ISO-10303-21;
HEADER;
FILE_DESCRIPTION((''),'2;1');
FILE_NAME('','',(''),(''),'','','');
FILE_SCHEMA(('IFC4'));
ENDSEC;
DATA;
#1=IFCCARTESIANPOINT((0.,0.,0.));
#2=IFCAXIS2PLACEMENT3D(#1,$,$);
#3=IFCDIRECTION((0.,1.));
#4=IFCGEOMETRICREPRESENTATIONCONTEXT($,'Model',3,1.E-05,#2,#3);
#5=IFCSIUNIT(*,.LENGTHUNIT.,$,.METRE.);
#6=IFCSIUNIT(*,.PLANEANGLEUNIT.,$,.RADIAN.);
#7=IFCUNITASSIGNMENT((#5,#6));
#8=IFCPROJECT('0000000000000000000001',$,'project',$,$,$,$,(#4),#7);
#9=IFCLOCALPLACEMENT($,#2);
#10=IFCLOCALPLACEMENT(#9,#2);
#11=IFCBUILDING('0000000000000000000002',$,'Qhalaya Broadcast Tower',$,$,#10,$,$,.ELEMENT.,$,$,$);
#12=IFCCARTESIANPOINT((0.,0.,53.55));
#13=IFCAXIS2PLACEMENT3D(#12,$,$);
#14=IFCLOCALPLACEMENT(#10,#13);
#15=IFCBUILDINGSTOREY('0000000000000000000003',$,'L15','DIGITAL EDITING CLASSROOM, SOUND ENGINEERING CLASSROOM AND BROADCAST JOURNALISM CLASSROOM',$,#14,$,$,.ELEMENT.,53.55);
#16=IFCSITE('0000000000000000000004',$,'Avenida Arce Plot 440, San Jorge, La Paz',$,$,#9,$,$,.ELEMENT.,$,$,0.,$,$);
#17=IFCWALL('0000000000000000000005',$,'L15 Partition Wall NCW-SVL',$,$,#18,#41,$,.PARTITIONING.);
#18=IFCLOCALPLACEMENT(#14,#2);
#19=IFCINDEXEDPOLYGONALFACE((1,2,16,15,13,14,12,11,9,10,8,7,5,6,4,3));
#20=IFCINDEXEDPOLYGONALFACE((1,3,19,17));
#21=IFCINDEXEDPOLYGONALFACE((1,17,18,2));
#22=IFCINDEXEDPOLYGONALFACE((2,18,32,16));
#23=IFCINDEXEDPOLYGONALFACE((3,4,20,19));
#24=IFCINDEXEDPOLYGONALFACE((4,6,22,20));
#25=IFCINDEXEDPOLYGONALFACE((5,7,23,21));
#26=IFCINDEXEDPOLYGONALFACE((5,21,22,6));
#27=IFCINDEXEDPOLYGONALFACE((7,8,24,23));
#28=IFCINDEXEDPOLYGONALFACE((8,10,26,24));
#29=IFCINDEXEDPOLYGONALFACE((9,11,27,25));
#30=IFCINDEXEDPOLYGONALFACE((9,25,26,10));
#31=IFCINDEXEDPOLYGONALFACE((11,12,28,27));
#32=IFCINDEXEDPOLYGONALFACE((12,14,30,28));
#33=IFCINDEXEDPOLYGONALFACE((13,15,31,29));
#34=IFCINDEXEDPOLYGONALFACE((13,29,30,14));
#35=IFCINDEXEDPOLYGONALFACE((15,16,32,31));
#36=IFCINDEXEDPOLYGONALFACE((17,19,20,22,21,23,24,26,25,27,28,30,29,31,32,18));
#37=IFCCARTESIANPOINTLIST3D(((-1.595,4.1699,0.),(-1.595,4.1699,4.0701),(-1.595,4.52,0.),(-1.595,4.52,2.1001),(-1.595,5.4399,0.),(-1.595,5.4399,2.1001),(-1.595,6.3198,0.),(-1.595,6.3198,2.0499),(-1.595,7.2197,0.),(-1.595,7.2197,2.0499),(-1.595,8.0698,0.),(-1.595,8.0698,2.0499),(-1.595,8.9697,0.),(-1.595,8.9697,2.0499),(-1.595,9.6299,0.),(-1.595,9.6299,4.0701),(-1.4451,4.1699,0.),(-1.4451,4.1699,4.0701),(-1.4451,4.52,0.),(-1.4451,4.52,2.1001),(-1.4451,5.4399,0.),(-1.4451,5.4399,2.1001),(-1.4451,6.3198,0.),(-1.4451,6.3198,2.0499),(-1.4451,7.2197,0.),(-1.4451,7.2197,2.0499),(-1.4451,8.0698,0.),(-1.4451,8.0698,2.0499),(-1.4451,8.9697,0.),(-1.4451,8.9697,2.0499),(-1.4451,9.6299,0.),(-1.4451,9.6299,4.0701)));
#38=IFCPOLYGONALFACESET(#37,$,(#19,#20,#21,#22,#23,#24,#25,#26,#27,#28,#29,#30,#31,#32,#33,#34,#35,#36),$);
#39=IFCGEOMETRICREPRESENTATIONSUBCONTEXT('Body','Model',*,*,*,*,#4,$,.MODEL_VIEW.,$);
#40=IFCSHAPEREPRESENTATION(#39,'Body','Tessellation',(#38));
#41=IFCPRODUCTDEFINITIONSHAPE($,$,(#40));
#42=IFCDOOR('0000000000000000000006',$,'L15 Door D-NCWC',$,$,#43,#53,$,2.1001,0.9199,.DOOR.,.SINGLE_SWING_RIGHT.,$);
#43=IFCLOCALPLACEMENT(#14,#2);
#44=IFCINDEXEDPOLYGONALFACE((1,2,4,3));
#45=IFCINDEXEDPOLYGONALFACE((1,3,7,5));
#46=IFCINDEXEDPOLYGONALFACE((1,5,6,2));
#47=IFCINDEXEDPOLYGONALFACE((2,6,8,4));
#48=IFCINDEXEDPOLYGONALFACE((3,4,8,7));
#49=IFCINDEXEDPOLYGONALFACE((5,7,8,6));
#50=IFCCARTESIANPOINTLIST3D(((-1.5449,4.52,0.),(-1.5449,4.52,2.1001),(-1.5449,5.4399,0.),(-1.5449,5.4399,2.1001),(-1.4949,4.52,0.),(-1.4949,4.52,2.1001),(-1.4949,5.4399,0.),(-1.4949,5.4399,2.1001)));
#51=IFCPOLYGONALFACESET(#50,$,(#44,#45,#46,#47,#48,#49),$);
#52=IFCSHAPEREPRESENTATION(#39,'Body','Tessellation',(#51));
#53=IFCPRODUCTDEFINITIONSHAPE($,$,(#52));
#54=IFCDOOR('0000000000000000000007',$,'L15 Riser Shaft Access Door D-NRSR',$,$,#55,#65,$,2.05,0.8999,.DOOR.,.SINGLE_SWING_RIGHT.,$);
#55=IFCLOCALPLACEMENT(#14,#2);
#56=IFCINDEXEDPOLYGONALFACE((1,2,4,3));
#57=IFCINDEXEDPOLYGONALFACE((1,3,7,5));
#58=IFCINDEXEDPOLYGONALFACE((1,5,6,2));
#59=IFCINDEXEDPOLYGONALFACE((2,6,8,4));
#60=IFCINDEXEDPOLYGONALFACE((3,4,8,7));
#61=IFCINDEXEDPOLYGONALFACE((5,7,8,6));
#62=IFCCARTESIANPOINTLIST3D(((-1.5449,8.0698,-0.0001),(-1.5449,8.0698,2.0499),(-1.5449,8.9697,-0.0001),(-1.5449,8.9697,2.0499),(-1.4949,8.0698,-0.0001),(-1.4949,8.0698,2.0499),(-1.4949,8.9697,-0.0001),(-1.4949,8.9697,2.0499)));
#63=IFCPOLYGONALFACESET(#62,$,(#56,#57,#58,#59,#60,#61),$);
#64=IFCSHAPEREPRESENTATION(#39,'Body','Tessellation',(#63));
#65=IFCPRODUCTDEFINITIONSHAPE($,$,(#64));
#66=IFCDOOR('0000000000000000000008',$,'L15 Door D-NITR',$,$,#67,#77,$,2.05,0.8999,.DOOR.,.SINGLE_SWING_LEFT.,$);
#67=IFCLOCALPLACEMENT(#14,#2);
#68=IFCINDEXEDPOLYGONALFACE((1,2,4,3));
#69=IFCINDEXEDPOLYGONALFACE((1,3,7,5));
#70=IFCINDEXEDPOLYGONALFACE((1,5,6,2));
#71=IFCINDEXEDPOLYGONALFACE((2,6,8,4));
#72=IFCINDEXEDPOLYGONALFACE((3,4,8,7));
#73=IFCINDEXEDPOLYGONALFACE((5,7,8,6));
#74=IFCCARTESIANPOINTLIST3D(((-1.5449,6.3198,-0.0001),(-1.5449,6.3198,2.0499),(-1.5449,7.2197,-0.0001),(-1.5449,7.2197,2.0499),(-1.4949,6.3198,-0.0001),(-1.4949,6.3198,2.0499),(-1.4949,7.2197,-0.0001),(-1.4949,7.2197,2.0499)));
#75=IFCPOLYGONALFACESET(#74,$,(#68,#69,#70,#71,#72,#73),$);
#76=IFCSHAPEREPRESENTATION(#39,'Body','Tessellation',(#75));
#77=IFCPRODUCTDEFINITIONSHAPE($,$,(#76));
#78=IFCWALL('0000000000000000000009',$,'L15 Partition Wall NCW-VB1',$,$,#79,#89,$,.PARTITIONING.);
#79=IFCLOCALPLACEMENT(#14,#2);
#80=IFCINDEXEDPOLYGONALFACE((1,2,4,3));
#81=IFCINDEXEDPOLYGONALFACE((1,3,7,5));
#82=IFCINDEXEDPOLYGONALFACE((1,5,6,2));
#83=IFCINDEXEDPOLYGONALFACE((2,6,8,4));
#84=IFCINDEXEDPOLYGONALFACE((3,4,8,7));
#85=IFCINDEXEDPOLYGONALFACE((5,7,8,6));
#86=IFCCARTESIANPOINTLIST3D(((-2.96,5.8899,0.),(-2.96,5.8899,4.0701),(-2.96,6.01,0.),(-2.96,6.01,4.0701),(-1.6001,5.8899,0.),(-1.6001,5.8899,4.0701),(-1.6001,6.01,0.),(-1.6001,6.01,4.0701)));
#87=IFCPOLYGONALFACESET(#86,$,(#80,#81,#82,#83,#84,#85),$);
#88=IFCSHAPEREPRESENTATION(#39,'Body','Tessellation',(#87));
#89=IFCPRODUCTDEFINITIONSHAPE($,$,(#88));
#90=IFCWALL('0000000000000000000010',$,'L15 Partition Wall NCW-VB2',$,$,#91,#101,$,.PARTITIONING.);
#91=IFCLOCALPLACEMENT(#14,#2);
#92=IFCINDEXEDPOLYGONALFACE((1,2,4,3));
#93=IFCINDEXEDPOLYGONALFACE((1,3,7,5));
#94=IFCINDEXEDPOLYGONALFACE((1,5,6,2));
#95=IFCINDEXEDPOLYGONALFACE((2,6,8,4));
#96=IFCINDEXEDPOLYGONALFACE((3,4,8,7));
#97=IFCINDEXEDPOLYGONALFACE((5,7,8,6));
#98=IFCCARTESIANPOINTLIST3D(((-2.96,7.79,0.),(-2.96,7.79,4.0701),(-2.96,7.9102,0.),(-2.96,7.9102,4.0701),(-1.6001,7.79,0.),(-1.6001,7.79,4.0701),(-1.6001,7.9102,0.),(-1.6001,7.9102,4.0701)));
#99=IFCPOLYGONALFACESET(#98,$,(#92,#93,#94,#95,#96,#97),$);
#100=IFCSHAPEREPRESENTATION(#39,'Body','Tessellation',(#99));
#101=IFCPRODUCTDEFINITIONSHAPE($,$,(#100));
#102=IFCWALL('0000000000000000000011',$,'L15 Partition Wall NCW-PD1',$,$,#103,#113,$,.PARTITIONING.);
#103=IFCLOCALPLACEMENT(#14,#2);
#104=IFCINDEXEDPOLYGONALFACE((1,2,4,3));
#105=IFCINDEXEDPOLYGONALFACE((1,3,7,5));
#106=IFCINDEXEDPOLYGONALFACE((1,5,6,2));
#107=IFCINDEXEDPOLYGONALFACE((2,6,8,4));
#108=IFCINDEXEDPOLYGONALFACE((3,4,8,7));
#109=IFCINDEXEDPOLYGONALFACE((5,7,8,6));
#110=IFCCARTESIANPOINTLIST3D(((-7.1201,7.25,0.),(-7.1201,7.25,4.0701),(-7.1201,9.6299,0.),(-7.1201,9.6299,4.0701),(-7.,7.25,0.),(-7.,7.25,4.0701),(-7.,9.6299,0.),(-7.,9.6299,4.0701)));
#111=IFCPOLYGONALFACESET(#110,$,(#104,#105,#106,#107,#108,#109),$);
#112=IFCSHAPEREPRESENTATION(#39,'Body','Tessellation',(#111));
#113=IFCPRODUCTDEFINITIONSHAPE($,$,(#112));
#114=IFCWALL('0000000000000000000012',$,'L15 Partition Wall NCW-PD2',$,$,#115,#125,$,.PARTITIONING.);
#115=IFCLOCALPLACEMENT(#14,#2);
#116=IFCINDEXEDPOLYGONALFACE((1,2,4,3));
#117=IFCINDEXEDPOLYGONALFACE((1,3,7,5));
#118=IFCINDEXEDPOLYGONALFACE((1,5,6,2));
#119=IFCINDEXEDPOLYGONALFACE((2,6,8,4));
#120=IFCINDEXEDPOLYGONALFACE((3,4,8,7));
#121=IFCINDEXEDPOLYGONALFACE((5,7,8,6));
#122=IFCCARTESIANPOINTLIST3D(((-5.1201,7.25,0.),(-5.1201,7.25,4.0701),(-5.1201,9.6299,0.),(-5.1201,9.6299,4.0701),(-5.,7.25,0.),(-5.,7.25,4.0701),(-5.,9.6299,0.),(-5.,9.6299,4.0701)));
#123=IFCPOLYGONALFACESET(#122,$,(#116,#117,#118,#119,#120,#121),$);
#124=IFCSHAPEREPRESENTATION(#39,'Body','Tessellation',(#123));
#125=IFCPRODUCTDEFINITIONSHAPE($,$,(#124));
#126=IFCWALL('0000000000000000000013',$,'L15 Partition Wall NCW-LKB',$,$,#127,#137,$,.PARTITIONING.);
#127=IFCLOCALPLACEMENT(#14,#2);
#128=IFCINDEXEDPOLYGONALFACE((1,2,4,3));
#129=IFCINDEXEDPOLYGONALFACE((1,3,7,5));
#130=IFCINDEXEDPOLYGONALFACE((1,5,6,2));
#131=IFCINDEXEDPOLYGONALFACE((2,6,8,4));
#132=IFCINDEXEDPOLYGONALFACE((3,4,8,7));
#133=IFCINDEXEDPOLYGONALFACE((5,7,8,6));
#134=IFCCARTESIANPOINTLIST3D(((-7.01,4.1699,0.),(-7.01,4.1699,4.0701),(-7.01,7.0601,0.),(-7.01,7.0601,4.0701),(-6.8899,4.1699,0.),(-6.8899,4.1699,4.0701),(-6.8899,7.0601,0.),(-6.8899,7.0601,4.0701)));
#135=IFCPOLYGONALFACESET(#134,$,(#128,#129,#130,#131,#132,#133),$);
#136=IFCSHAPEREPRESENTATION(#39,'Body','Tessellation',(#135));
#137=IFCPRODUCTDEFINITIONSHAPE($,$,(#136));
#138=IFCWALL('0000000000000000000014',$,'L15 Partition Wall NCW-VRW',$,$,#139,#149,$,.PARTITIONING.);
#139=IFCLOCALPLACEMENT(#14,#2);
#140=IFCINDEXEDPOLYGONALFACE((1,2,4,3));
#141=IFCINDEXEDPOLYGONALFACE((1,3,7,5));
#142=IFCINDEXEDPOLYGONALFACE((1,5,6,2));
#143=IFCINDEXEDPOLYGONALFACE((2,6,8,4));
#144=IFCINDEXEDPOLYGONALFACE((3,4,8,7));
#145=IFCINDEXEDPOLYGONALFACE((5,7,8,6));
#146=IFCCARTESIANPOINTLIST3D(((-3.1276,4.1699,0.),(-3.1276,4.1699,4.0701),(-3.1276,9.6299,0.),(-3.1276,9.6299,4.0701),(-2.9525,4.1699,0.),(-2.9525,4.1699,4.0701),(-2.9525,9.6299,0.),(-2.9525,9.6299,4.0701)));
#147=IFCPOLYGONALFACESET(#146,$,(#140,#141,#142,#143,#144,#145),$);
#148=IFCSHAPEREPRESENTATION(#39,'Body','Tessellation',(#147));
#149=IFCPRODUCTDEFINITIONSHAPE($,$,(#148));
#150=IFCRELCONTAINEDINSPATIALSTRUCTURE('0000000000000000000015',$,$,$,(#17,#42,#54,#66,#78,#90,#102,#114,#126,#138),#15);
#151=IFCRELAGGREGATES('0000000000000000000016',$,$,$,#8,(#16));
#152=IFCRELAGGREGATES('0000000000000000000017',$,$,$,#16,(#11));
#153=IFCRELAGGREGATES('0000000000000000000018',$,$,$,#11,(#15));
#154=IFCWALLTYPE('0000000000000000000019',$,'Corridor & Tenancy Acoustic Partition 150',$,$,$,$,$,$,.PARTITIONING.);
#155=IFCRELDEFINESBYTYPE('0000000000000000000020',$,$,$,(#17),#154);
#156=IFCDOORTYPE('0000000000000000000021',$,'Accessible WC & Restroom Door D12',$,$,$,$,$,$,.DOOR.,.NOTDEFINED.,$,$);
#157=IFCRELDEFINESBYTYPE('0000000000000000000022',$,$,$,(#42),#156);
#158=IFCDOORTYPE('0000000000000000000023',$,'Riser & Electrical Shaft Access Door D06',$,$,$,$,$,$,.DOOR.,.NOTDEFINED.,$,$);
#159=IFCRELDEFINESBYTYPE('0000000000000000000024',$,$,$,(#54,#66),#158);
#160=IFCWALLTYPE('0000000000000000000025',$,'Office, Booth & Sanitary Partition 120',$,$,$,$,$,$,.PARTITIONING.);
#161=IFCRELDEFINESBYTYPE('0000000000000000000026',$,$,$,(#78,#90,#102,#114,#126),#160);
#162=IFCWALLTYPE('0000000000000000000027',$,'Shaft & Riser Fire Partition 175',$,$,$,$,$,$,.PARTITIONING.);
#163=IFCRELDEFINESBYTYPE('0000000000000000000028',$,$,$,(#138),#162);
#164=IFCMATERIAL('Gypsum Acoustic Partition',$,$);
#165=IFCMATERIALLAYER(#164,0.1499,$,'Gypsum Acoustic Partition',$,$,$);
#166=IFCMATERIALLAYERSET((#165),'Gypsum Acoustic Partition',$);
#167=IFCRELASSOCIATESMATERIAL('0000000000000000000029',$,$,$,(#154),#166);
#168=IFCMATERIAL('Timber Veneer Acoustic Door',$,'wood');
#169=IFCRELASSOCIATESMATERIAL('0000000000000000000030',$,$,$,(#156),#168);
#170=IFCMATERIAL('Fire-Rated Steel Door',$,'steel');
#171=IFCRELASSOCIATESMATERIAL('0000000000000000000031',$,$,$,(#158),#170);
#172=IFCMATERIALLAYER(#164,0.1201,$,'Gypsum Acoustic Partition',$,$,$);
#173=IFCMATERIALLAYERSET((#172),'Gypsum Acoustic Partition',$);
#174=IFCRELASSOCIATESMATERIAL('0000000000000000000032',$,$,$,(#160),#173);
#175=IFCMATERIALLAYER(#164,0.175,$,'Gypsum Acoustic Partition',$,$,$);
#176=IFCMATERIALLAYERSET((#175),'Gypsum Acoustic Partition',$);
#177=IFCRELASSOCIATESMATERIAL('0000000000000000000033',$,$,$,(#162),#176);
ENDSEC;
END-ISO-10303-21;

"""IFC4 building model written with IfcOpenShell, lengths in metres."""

from ifc_helpers import new_model, si_unit, direction, frame, frame_2d, origin, place, context, subcontext, project, spatial, rectangle, extrude, material, layer, layer_set, type_object, element, fill, save


model = new_model("IFC4")

# Units and contexts
model_context = context("Model", 3, precision=1e-05, world=origin(), true_north=direction((0.0, 1.0)))
body_context = subcontext(model_context, "Body", "Model", "MODEL_VIEW")
ifc_project = project(units=[si_unit("LENGTHUNIT", "METRE"), si_unit("PLANEANGLEUNIT", "RADIAN")], contexts=[model_context])

# Site, building, storey
site_placement = place(None, origin())
site = spatial("IfcSite", under=ifc_project, at=site_placement, Name="Avenida Arce Plot 440, San Jorge, La Paz", CompositionType="ELEMENT", RefElevation=0.0)
building_placement = place(site_placement, origin())
building = spatial("IfcBuilding", under=site, at=building_placement, Name="Qhalaya Broadcast Tower", CompositionType="ELEMENT")
storey_placement = place(building_placement, frame((0.0, 0.0, 53.55)))
storey = spatial("IfcBuildingStorey", under=building, at=storey_placement, Name="L15", Description="DIGITAL EDITING CLASSROOM, SOUND ENGINEERING CLASSROOM AND BROADCAST JOURNALISM CLASSROOM", CompositionType="ELEMENT", Elevation=53.55)

# Wall, openings, doors
ifc_material_1 = material(Name="Gypsum Acoustic Partition")
ifc_layer_1 = layer(ifc_material_1, 0.1499, Name="Gypsum Acoustic Partition")
ifc_layer_set_1 = layer_set([ifc_layer_1], Name="Gypsum Acoustic Partition")
wall_type_1 = type_object("IfcWallType", Name="Corridor & Tenancy Acoustic Partition 150", PredefinedType="PARTITIONING", material=ifc_layer_set_1)
wall_1_placement = place(storey_placement, frame((-1.52, 4.1699, 0.0), z_axis=(0.0, 0.0, 1.0), x_axis=(0.0, 1.0, 0.0)))
wall_1 = element("IfcWall", 1, at=wall_1_placement, inside=storey, type_object=wall_type_1, Name="L15 Partition Wall NCW-SVL", PredefinedType="PARTITIONING", context=body_context, shape_type="SweptSolid", body=[
    extrude(rectangle(XDim=5.46, YDim=0.1499, at=frame_2d((2.73, 0.0))), origin(), (0.0, 0.0, 1.0), 4.0701),
])
opening_1_placement = place(wall_1_placement, frame((3.8999, 0.0, 0.0)))
opening_1 = element("IfcOpeningElement", 2, at=opening_1_placement, cuts=wall_1, PredefinedType="OPENING", context=body_context, shape_type="SweptSolid", body=[
    extrude(rectangle(XDim=0.8999, YDim=2.05, at=frame_2d((0.45, 1.0249))), frame((0.0, 0.0869, 0.0), z_axis=(0.0, -1.0, 0.0), x_axis=(1.0, 0.0, 0.0)), (0.0, 0.0, 1.0), 0.1738),
])
opening_2_placement = place(wall_1_placement, frame((2.1499, 0.0, 0.0)))
opening_2 = element("IfcOpeningElement", 3, at=opening_2_placement, cuts=wall_1, PredefinedType="OPENING", context=body_context, shape_type="SweptSolid", body=[
    extrude(rectangle(XDim=0.8999, YDim=2.05, at=frame_2d((0.45, 1.0249))), frame((0.0, 0.0869, 0.0), z_axis=(0.0, -1.0, 0.0), x_axis=(1.0, 0.0, 0.0)), (0.0, 0.0, 1.0), 0.1738),
])
opening_3_placement = place(wall_1_placement, frame((0.3501, 0.0, 0.0)))
opening_3 = element("IfcOpeningElement", 4, at=opening_3_placement, cuts=wall_1, PredefinedType="OPENING", context=body_context, shape_type="SweptSolid", body=[
    extrude(rectangle(XDim=0.9199, YDim=2.1001, at=frame_2d((0.46, 1.05))), frame((0.0, 0.0869, 0.0), z_axis=(0.0, -1.0, 0.0), x_axis=(1.0, 0.0, 0.0)), (0.0, 0.0, 1.0), 0.1738),
])
ifc_material_2 = material(Name="Timber Veneer Acoustic Door", Category="wood")
door_type_1 = type_object("IfcDoorType", Name="Accessible WC & Restroom Door D12", OperationType="NOTDEFINED", PredefinedType="DOOR", material=ifc_material_2)
door_1_placement = place(opening_3_placement, origin())
door_1 = element("IfcDoor", 5, at=door_1_placement, inside=storey, type_object=door_type_1, Name="L15 Door D-NCWC", OperationType="SINGLE_SWING_RIGHT", OverallHeight=2.1001, OverallWidth=0.9199, PredefinedType="DOOR", context=body_context, shape_type="SweptSolid", body=[
    extrude(rectangle(XDim=0.9199, YDim=2.1001, at=frame_2d((0.46, 1.05))), frame((0.0, 0.0249, 0.0), z_axis=(0.0, -1.0, 0.0), x_axis=(1.0, 0.0, 0.0)), (0.0, 0.0, 1.0), 0.05),
])
fill(opening_3, door_1)
ifc_material_3 = material(Name="Fire-Rated Steel Door", Category="steel")
door_type_2 = type_object("IfcDoorType", Name="Riser & Electrical Shaft Access Door D06", OperationType="NOTDEFINED", PredefinedType="DOOR", material=ifc_material_3)
door_2_placement = place(opening_1_placement, origin())
door_2 = element("IfcDoor", 6, at=door_2_placement, inside=storey, type_object=door_type_2, Name="L15 Riser Shaft Access Door D-NRSR", OperationType="SINGLE_SWING_RIGHT", OverallHeight=2.05, OverallWidth=0.8999, PredefinedType="DOOR", context=body_context, shape_type="SweptSolid", body=[
    extrude(rectangle(XDim=0.8999, YDim=2.05, at=frame_2d((0.45, 1.0249))), frame((0.0, 0.0249, 0.0), z_axis=(0.0, -1.0, 0.0), x_axis=(1.0, 0.0, 0.0)), (0.0, 0.0, 1.0), 0.05),
])
fill(opening_1, door_2)
door_3_placement = place(opening_2_placement, origin())
door_3 = element("IfcDoor", 7, at=door_3_placement, inside=storey, type_object=door_type_2, Name="L15 Door D-NITR", OperationType="SINGLE_SWING_LEFT", OverallHeight=2.05, OverallWidth=0.8999, PredefinedType="DOOR", context=body_context, shape_type="SweptSolid", body=[
    extrude(rectangle(XDim=0.8999, YDim=2.05, at=frame_2d((0.45, 1.0249))), frame((0.0, 0.0249, 0.0), z_axis=(0.0, -1.0, 0.0), x_axis=(1.0, 0.0, 0.0)), (0.0, 0.0, 1.0), 0.05),
])
fill(opening_2, door_3)

# Walls
ifc_layer_2 = layer(ifc_material_1, 0.1201, Name="Gypsum Acoustic Partition")
ifc_layer_set_2 = layer_set([ifc_layer_2], Name="Gypsum Acoustic Partition")
wall_type_2 = type_object("IfcWallType", Name="Office, Booth & Sanitary Partition 120", PredefinedType="PARTITIONING", material=ifc_layer_set_2)
for number, where, z_axis, x_axis, name in (
    (8, (-2.96, 5.95, 0.0), (0.0, 0.0, 1.0), (1.0, 0.0, 0.0), "L15 Partition Wall NCW-VB1"),
    (9, (-2.96, 7.8501, 0.0), (0.0, 0.0, 1.0), (1.0, 0.0, 0.0), "L15 Partition Wall NCW-VB2"),
):
    element("IfcWall", number, at=place(storey_placement, frame(where, z_axis=z_axis, x_axis=x_axis)), inside=storey, type_object=wall_type_2, Name=name, PredefinedType="PARTITIONING", context=body_context, shape_type="SweptSolid", body=[
        extrude(rectangle(XDim=1.3599, YDim=0.1201, at=frame_2d((0.6799, 0.0))), origin(), (0.0, 0.0, 1.0), 4.0701),
    ])
for number, where, z_axis, x_axis, name in (
    (10, (-7.0601, 7.25, 0.0), (0.0, 0.0, 1.0), (0.0, 1.0, 0.0), "L15 Partition Wall NCW-PD1"),
    (11, (-5.0601, 7.25, 0.0), (0.0, 0.0, 1.0), (0.0, 1.0, 0.0), "L15 Partition Wall NCW-PD2"),
):
    element("IfcWall", number, at=place(storey_placement, frame(where, z_axis=z_axis, x_axis=x_axis)), inside=storey, type_object=wall_type_2, Name=name, PredefinedType="PARTITIONING", context=body_context, shape_type="SweptSolid", body=[
        extrude(rectangle(XDim=2.3799, YDim=0.1201, at=frame_2d((1.1899, 0.0))), origin(), (0.0, 0.0, 1.0), 4.0701),
    ])
wall_2_placement = place(storey_placement, frame((-6.95, 4.1699, 0.0), z_axis=(0.0, 0.0, 1.0), x_axis=(0.0, 1.0, 0.0)))
element("IfcWall", 12, at=wall_2_placement, inside=storey, type_object=wall_type_2, Name="L15 Partition Wall NCW-LKB", PredefinedType="PARTITIONING", context=body_context, shape_type="SweptSolid", body=[
    extrude(rectangle(XDim=2.8901, YDim=0.1201, at=frame_2d((1.4451, 0.0))), origin(), (0.0, 0.0, 1.0), 4.0701),
])
ifc_layer_3 = layer(ifc_material_1, 0.175, Name="Gypsum Acoustic Partition")
ifc_layer_set_3 = layer_set([ifc_layer_3], Name="Gypsum Acoustic Partition")
wall_type_3 = type_object("IfcWallType", Name="Shaft & Riser Fire Partition 175", PredefinedType="PARTITIONING", material=ifc_layer_set_3)
wall_3_placement = place(storey_placement, frame((-3.04, 4.1699, 0.0), z_axis=(0.0, 0.0, 1.0), x_axis=(0.0, 1.0, 0.0)))
element("IfcWall", 13, at=wall_3_placement, inside=storey, type_object=wall_type_3, Name="L15 Partition Wall NCW-VRW", PredefinedType="PARTITIONING", context=body_context, shape_type="SweptSolid", body=[
    extrude(rectangle(XDim=5.46, YDim=0.175, at=frame_2d((2.73, 0.0))), origin(), (0.0, 0.0, 1.0), 4.0701),
])

save(model, "model.ifc")
